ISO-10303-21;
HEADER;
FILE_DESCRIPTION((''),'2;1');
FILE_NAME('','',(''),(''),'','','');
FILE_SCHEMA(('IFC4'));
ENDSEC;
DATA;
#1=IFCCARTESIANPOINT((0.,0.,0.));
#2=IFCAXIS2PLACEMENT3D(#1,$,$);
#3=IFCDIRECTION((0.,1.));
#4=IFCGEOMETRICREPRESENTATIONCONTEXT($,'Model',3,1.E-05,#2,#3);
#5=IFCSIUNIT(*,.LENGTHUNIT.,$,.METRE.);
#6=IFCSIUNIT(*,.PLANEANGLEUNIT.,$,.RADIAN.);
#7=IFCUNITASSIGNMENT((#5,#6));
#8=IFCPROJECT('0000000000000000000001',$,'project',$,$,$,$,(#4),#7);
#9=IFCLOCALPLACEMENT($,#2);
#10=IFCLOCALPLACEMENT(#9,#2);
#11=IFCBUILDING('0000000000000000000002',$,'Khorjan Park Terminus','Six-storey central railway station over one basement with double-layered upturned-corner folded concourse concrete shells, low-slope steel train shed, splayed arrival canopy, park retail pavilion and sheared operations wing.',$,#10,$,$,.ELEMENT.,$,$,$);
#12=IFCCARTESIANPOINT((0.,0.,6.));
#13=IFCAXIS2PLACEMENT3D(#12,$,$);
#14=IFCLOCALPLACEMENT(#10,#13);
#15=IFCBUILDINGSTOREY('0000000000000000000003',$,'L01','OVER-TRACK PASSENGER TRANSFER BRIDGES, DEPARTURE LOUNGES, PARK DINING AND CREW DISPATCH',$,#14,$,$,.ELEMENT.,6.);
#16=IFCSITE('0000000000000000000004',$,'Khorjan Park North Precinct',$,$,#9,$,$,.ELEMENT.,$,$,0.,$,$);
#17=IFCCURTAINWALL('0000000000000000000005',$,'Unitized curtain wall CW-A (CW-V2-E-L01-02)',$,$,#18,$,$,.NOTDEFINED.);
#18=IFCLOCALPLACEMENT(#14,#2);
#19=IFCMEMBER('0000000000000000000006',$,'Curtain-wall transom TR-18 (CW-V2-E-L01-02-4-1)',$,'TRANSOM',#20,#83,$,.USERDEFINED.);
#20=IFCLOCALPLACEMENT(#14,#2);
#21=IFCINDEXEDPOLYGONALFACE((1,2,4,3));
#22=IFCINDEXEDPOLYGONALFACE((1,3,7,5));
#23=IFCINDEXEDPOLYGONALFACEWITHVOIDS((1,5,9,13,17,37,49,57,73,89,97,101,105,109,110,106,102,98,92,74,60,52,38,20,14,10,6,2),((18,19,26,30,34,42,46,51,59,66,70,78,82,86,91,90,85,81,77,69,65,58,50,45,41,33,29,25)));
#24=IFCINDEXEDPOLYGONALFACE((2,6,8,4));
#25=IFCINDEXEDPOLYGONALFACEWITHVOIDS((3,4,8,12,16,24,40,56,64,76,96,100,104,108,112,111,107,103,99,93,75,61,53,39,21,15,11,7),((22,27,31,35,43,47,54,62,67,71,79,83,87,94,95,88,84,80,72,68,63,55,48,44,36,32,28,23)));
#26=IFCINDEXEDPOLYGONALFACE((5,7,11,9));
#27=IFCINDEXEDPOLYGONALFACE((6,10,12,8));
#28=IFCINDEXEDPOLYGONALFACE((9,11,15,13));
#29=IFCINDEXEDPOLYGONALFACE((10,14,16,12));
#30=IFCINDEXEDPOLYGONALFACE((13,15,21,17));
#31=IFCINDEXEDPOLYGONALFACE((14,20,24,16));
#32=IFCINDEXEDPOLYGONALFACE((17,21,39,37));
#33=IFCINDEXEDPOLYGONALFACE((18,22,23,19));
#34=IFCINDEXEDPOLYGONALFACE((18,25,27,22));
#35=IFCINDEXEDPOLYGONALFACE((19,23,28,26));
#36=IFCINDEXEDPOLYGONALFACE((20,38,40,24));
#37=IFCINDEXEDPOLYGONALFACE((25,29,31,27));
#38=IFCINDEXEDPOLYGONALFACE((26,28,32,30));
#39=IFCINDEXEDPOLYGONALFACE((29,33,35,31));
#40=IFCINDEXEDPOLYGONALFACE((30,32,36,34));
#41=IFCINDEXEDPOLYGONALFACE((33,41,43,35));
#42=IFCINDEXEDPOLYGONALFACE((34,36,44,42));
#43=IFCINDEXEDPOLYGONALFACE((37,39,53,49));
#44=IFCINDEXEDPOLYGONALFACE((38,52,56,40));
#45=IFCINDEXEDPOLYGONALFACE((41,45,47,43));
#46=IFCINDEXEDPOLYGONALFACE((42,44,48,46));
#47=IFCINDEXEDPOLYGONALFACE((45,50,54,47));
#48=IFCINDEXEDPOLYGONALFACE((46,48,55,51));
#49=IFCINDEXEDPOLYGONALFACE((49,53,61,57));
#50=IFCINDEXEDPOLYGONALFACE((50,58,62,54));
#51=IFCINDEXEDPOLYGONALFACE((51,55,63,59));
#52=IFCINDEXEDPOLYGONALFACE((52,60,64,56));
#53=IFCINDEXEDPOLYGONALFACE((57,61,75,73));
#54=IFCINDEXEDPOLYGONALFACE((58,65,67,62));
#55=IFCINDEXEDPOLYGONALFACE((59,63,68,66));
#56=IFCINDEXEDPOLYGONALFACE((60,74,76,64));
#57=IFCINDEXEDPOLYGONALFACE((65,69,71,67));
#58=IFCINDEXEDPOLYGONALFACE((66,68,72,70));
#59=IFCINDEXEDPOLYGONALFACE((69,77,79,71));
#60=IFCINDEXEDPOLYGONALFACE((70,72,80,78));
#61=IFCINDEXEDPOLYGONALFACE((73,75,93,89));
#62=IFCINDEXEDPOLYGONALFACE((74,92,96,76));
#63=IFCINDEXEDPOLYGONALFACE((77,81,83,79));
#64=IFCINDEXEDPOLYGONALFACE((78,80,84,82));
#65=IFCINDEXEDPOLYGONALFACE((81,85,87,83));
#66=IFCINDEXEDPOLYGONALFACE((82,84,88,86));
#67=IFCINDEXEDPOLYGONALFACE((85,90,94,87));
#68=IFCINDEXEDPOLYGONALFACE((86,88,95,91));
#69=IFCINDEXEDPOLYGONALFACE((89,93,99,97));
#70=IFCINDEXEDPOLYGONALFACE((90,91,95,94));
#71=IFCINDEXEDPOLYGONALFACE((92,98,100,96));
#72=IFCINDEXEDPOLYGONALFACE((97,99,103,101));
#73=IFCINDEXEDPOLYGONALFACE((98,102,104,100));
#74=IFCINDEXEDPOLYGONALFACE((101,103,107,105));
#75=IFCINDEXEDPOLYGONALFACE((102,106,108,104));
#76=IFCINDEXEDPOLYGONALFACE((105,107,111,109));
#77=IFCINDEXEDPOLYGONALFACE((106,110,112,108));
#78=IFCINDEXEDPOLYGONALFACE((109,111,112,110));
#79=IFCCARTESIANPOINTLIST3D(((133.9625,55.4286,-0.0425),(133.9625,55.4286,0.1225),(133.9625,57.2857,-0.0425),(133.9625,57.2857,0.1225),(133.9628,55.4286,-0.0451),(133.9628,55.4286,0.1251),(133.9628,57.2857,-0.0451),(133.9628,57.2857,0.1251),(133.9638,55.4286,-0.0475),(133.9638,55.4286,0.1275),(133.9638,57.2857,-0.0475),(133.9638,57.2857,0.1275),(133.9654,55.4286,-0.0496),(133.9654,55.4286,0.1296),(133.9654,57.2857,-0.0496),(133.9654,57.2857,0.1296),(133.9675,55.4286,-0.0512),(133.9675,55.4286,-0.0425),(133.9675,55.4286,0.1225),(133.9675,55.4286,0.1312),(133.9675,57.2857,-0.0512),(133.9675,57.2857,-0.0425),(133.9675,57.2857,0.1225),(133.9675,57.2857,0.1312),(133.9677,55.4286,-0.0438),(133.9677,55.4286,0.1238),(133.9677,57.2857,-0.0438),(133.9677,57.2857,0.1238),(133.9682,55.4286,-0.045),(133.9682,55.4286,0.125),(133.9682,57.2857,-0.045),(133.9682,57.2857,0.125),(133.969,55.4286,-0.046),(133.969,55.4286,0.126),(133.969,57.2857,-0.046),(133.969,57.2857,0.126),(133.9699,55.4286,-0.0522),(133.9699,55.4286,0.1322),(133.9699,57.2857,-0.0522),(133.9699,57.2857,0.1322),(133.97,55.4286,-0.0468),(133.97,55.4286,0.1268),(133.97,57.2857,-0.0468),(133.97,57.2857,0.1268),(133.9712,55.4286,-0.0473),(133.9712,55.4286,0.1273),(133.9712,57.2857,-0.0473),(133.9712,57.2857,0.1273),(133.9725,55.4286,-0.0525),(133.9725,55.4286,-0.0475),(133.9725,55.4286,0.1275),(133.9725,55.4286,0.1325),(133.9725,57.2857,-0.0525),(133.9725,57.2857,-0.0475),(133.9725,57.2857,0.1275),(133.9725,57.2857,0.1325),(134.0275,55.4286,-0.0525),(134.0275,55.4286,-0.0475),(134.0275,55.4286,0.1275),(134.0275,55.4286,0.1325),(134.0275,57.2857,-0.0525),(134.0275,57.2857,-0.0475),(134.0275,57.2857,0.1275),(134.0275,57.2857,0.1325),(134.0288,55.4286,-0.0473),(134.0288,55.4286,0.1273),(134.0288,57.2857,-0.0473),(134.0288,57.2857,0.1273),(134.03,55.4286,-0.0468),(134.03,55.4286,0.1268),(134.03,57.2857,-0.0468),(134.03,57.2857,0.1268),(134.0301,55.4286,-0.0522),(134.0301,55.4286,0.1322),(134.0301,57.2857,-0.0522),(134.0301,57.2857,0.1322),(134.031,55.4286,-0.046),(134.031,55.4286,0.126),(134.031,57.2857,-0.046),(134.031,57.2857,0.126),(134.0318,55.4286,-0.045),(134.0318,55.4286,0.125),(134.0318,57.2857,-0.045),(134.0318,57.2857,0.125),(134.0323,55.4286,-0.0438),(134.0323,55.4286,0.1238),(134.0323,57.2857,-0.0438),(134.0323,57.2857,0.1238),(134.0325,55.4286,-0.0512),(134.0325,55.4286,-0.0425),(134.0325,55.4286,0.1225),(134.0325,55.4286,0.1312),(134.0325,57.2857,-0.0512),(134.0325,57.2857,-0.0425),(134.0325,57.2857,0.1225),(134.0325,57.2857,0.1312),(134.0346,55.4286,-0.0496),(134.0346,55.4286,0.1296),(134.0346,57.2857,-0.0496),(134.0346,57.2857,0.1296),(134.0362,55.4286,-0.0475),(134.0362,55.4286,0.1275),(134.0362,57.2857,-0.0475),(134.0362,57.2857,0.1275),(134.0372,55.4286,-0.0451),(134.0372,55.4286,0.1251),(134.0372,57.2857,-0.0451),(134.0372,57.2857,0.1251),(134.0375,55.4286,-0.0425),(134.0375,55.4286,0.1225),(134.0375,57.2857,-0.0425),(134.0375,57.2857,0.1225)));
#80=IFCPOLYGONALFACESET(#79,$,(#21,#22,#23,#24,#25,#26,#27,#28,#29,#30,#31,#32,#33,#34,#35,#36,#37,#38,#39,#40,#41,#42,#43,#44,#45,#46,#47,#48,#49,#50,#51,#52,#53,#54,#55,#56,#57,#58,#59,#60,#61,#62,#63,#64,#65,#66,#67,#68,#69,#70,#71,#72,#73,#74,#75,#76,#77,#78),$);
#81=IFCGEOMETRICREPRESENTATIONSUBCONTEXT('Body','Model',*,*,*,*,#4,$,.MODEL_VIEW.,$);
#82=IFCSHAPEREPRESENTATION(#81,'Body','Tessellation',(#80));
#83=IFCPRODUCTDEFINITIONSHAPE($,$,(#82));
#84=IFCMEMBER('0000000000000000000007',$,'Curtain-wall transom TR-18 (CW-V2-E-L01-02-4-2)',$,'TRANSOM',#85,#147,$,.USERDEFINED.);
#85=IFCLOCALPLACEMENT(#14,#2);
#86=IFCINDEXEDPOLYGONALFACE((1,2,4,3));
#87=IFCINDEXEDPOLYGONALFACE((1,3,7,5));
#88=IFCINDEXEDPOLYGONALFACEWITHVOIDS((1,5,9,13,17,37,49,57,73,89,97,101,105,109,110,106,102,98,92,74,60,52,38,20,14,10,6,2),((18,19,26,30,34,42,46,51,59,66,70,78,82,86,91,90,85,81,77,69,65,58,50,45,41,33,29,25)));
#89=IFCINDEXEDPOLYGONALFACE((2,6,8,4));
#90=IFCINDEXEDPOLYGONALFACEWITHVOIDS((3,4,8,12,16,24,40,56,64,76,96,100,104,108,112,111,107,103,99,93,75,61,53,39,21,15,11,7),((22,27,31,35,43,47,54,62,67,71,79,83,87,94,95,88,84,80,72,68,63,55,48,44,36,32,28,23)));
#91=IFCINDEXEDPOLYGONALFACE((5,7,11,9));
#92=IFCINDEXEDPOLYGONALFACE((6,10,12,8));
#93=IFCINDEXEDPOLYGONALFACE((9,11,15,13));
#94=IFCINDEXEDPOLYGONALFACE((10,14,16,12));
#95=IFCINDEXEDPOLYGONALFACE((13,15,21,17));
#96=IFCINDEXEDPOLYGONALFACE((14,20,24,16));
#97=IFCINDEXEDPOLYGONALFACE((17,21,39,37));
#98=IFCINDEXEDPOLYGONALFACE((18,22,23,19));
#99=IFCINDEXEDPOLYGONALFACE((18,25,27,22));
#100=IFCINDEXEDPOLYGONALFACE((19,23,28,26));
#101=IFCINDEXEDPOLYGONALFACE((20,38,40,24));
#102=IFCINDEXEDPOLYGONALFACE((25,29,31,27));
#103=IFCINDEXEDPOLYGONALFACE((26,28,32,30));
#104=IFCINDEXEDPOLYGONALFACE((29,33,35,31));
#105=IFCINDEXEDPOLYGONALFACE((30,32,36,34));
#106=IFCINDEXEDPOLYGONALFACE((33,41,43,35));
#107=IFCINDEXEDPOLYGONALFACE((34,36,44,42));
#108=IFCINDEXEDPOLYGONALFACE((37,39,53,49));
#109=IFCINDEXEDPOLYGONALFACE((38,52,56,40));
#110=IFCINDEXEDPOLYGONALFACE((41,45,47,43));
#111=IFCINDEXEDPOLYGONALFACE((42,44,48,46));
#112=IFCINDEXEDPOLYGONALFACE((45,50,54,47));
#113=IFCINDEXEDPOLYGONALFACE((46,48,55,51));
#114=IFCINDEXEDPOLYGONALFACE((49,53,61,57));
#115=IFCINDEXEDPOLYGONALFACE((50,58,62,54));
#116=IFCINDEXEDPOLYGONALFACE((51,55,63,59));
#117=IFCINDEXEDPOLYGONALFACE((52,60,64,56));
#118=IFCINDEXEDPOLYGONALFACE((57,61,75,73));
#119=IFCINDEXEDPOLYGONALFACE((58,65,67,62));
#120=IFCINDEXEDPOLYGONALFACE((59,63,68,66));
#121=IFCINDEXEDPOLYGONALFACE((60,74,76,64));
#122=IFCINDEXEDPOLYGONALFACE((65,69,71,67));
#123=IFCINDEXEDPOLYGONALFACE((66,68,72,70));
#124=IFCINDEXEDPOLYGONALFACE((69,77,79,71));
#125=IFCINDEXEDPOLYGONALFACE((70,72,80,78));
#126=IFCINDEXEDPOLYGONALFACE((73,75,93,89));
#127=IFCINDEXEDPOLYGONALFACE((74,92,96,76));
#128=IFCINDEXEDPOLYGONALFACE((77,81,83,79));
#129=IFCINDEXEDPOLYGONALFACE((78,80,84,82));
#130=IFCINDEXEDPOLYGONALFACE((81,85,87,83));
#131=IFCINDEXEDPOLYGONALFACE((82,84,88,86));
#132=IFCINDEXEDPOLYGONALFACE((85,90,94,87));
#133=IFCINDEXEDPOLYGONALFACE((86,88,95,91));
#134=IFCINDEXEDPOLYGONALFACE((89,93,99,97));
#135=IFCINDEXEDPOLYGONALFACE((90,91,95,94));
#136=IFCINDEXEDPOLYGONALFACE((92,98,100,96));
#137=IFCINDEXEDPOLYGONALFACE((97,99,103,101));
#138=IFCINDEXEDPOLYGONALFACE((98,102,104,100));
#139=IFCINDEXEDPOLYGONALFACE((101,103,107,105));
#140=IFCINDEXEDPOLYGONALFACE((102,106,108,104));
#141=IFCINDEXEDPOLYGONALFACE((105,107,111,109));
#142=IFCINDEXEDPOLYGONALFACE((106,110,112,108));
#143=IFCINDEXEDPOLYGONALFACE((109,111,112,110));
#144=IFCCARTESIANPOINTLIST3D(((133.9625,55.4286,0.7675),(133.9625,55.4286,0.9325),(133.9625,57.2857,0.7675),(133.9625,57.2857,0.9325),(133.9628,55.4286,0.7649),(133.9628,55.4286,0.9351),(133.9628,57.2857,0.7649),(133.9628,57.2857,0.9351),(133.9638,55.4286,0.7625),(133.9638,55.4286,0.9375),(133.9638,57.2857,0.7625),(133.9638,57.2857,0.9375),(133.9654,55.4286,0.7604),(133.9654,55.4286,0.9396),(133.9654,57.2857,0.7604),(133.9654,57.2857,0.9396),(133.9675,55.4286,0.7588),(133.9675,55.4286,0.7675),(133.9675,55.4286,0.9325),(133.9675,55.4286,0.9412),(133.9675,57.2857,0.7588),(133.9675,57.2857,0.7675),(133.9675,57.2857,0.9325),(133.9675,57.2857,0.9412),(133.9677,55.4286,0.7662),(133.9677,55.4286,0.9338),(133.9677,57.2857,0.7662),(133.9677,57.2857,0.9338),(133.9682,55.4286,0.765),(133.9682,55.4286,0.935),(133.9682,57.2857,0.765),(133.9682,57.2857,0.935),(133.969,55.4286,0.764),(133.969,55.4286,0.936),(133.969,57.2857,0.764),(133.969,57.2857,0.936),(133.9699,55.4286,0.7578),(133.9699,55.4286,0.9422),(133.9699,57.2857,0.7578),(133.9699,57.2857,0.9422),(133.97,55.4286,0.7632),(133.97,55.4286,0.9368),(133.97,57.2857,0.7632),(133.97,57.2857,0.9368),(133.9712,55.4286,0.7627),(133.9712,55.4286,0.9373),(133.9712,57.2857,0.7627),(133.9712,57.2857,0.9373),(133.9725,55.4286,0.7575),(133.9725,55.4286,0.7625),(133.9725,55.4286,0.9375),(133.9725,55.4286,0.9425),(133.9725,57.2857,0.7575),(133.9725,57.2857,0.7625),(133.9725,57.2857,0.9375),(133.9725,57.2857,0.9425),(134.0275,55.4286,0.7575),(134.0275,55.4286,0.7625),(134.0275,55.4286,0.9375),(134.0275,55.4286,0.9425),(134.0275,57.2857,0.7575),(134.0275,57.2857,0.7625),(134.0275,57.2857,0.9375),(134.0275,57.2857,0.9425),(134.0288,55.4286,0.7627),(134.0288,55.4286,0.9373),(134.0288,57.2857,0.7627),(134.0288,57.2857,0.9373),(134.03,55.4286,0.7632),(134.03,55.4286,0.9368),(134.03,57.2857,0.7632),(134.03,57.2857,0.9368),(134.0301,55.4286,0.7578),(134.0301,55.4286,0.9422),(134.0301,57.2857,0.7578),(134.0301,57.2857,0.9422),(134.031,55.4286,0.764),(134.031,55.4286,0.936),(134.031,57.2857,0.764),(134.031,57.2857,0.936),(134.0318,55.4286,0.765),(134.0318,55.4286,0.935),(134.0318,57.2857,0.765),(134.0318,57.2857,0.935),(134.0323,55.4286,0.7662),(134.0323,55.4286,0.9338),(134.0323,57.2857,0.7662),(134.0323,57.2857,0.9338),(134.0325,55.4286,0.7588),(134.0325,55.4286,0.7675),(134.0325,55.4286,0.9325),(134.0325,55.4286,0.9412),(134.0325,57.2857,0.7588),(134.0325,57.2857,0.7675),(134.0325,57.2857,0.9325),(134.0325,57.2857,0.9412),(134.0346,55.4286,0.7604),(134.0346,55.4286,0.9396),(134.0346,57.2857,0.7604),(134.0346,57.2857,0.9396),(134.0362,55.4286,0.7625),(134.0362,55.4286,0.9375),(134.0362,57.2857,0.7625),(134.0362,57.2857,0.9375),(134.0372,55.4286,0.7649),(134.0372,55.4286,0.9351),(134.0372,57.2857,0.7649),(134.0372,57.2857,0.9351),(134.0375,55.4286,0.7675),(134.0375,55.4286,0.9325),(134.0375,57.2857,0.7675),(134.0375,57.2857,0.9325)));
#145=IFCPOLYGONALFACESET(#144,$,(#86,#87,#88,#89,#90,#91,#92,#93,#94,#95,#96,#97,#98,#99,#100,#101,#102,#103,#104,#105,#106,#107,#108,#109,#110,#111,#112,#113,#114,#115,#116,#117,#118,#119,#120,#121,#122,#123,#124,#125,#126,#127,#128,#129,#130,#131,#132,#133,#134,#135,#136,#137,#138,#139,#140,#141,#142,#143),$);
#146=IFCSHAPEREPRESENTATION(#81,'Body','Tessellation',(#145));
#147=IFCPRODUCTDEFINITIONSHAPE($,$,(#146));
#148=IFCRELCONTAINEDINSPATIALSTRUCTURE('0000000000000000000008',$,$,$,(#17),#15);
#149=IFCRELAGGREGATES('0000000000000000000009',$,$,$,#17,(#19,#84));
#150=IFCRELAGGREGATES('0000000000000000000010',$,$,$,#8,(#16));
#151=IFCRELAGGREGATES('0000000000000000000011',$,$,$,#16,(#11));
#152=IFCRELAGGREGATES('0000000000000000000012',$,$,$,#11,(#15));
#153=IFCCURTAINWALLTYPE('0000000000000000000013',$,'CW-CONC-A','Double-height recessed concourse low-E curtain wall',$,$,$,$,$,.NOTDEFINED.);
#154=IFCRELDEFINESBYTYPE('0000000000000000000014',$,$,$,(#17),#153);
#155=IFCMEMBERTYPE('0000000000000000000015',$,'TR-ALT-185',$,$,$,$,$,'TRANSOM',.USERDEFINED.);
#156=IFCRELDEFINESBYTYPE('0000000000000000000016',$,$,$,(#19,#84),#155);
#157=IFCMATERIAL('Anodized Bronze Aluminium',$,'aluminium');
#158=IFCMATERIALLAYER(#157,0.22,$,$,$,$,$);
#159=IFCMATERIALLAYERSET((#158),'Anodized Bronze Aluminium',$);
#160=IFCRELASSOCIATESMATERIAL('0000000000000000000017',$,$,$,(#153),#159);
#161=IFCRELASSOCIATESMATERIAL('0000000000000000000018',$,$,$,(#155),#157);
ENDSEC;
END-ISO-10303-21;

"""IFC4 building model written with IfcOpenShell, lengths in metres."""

from ifc_helpers import new_model, si_unit, direction, frame, origin, origin_2d, place, context, subcontext, project, spatial, hollow_rectangle, extrude, material, layer, layer_set, material_profile, profile_set, type_object, element, aggregate, save


model = new_model("IFC4")

# Units and contexts
model_context = context("Model", 3, precision=1e-05, world=origin(), true_north=direction((0.0, 1.0)))
body_context = subcontext(model_context, "Body", "Model", "MODEL_VIEW")
ifc_project = project(units=[si_unit("LENGTHUNIT", "METRE"), si_unit("PLANEANGLEUNIT", "RADIAN")], contexts=[model_context])

# Site, building, storey
site_placement = place(None, origin())
site = spatial("IfcSite", under=ifc_project, at=site_placement, Name="Khorjan Park North Precinct", CompositionType="ELEMENT", RefElevation=0.0)
building_placement = place(site_placement, origin())
building = spatial("IfcBuilding", under=site, at=building_placement, Name="Khorjan Park Terminus", Description="Six-storey central railway station over one basement with double-layered upturned-corner folded concourse concrete shells, low-slope steel train shed, splayed arrival canopy, park retail pavilion and sheared operations wing.", CompositionType="ELEMENT")
storey_placement = place(building_placement, frame((0.0, 0.0, 6.0)))
storey = spatial("IfcBuildingStorey", under=building, at=storey_placement, Name="L01", Description="OVER-TRACK PASSENGER TRANSFER BRIDGES, DEPARTURE LOUNGES, PARK DINING AND CREW DISPATCH", CompositionType="ELEMENT", Elevation=6.0)

# Curtain wall
ifc_material_1 = material(Name="Anodized Bronze Aluminium", Category="aluminium")
ifc_layer_1 = layer(ifc_material_1, 0.22)
ifc_layer_set_1 = layer_set([ifc_layer_1], Name="Anodized Bronze Aluminium")
curtain_wall_type = type_object("IfcCurtainWallType", Name="CW-CONC-A", Description="Double-height recessed concourse low-E curtain wall", PredefinedType="NOTDEFINED", material=ifc_layer_set_1)
curtain_wall_placement = place(storey_placement, origin())
curtain_wall = element("IfcCurtainWall", 1, at=curtain_wall_placement, inside=storey, type_object=curtain_wall_type, Name="Unitized curtain wall CW-A (CW-V2-E-L01-02)", PredefinedType="NOTDEFINED")

# Members
ifc_material_profile_1 = material_profile(ifc_material_1, hollow_rectangle(XDim=0.075, YDim=0.185, WallThickness=0.005, InnerFilletRadius=0.005, OuterFilletRadius=0.01, at=origin_2d()), Name="ALT 75x185x5")
ifc_profile_set_1 = profile_set([ifc_material_profile_1], Name="Anodized Bronze Aluminium")
member_type_1 = type_object("IfcMemberType", Name="TR-ALT-185", ElementType="TRANSOM", PredefinedType="USERDEFINED", material=ifc_profile_set_1)
member_1_placement = place(storey_placement, frame((134.0, 55.4286, 0.04), z_axis=(0.0, 1.0, 0.0), x_axis=(-1.0, 0.0, 0.0)))
member_1 = element("IfcMember", 2, at=member_1_placement, type_object=member_type_1, Name="Curtain-wall transom TR-18 (CW-V2-E-L01-02-4-1)", ObjectType="TRANSOM", PredefinedType="USERDEFINED", context=body_context, shape_type="SweptSolid", body=[
    extrude(hollow_rectangle(XDim=0.075, YDim=0.185, WallThickness=0.005, InnerFilletRadius=0.005, OuterFilletRadius=0.01, at=origin_2d()), origin(), (0.0, 0.0, 1.0), 1.8571),
])
member_2_placement = place(storey_placement, frame((134.0, 55.4286, 0.85), z_axis=(0.0, 1.0, 0.0), x_axis=(-1.0, 0.0, 0.0)))
member_2 = element("IfcMember", 3, at=member_2_placement, type_object=member_type_1, Name="Curtain-wall transom TR-18 (CW-V2-E-L01-02-4-2)", ObjectType="TRANSOM", PredefinedType="USERDEFINED", context=body_context, shape_type="SweptSolid", body=[
    extrude(hollow_rectangle(XDim=0.075, YDim=0.185, WallThickness=0.005, InnerFilletRadius=0.005, OuterFilletRadius=0.01, at=origin_2d()), origin(), (0.0, 0.0, 1.0), 1.8571),
])

aggregate(curtain_wall, [member_1, member_2])

save(model, "model.ifc")
